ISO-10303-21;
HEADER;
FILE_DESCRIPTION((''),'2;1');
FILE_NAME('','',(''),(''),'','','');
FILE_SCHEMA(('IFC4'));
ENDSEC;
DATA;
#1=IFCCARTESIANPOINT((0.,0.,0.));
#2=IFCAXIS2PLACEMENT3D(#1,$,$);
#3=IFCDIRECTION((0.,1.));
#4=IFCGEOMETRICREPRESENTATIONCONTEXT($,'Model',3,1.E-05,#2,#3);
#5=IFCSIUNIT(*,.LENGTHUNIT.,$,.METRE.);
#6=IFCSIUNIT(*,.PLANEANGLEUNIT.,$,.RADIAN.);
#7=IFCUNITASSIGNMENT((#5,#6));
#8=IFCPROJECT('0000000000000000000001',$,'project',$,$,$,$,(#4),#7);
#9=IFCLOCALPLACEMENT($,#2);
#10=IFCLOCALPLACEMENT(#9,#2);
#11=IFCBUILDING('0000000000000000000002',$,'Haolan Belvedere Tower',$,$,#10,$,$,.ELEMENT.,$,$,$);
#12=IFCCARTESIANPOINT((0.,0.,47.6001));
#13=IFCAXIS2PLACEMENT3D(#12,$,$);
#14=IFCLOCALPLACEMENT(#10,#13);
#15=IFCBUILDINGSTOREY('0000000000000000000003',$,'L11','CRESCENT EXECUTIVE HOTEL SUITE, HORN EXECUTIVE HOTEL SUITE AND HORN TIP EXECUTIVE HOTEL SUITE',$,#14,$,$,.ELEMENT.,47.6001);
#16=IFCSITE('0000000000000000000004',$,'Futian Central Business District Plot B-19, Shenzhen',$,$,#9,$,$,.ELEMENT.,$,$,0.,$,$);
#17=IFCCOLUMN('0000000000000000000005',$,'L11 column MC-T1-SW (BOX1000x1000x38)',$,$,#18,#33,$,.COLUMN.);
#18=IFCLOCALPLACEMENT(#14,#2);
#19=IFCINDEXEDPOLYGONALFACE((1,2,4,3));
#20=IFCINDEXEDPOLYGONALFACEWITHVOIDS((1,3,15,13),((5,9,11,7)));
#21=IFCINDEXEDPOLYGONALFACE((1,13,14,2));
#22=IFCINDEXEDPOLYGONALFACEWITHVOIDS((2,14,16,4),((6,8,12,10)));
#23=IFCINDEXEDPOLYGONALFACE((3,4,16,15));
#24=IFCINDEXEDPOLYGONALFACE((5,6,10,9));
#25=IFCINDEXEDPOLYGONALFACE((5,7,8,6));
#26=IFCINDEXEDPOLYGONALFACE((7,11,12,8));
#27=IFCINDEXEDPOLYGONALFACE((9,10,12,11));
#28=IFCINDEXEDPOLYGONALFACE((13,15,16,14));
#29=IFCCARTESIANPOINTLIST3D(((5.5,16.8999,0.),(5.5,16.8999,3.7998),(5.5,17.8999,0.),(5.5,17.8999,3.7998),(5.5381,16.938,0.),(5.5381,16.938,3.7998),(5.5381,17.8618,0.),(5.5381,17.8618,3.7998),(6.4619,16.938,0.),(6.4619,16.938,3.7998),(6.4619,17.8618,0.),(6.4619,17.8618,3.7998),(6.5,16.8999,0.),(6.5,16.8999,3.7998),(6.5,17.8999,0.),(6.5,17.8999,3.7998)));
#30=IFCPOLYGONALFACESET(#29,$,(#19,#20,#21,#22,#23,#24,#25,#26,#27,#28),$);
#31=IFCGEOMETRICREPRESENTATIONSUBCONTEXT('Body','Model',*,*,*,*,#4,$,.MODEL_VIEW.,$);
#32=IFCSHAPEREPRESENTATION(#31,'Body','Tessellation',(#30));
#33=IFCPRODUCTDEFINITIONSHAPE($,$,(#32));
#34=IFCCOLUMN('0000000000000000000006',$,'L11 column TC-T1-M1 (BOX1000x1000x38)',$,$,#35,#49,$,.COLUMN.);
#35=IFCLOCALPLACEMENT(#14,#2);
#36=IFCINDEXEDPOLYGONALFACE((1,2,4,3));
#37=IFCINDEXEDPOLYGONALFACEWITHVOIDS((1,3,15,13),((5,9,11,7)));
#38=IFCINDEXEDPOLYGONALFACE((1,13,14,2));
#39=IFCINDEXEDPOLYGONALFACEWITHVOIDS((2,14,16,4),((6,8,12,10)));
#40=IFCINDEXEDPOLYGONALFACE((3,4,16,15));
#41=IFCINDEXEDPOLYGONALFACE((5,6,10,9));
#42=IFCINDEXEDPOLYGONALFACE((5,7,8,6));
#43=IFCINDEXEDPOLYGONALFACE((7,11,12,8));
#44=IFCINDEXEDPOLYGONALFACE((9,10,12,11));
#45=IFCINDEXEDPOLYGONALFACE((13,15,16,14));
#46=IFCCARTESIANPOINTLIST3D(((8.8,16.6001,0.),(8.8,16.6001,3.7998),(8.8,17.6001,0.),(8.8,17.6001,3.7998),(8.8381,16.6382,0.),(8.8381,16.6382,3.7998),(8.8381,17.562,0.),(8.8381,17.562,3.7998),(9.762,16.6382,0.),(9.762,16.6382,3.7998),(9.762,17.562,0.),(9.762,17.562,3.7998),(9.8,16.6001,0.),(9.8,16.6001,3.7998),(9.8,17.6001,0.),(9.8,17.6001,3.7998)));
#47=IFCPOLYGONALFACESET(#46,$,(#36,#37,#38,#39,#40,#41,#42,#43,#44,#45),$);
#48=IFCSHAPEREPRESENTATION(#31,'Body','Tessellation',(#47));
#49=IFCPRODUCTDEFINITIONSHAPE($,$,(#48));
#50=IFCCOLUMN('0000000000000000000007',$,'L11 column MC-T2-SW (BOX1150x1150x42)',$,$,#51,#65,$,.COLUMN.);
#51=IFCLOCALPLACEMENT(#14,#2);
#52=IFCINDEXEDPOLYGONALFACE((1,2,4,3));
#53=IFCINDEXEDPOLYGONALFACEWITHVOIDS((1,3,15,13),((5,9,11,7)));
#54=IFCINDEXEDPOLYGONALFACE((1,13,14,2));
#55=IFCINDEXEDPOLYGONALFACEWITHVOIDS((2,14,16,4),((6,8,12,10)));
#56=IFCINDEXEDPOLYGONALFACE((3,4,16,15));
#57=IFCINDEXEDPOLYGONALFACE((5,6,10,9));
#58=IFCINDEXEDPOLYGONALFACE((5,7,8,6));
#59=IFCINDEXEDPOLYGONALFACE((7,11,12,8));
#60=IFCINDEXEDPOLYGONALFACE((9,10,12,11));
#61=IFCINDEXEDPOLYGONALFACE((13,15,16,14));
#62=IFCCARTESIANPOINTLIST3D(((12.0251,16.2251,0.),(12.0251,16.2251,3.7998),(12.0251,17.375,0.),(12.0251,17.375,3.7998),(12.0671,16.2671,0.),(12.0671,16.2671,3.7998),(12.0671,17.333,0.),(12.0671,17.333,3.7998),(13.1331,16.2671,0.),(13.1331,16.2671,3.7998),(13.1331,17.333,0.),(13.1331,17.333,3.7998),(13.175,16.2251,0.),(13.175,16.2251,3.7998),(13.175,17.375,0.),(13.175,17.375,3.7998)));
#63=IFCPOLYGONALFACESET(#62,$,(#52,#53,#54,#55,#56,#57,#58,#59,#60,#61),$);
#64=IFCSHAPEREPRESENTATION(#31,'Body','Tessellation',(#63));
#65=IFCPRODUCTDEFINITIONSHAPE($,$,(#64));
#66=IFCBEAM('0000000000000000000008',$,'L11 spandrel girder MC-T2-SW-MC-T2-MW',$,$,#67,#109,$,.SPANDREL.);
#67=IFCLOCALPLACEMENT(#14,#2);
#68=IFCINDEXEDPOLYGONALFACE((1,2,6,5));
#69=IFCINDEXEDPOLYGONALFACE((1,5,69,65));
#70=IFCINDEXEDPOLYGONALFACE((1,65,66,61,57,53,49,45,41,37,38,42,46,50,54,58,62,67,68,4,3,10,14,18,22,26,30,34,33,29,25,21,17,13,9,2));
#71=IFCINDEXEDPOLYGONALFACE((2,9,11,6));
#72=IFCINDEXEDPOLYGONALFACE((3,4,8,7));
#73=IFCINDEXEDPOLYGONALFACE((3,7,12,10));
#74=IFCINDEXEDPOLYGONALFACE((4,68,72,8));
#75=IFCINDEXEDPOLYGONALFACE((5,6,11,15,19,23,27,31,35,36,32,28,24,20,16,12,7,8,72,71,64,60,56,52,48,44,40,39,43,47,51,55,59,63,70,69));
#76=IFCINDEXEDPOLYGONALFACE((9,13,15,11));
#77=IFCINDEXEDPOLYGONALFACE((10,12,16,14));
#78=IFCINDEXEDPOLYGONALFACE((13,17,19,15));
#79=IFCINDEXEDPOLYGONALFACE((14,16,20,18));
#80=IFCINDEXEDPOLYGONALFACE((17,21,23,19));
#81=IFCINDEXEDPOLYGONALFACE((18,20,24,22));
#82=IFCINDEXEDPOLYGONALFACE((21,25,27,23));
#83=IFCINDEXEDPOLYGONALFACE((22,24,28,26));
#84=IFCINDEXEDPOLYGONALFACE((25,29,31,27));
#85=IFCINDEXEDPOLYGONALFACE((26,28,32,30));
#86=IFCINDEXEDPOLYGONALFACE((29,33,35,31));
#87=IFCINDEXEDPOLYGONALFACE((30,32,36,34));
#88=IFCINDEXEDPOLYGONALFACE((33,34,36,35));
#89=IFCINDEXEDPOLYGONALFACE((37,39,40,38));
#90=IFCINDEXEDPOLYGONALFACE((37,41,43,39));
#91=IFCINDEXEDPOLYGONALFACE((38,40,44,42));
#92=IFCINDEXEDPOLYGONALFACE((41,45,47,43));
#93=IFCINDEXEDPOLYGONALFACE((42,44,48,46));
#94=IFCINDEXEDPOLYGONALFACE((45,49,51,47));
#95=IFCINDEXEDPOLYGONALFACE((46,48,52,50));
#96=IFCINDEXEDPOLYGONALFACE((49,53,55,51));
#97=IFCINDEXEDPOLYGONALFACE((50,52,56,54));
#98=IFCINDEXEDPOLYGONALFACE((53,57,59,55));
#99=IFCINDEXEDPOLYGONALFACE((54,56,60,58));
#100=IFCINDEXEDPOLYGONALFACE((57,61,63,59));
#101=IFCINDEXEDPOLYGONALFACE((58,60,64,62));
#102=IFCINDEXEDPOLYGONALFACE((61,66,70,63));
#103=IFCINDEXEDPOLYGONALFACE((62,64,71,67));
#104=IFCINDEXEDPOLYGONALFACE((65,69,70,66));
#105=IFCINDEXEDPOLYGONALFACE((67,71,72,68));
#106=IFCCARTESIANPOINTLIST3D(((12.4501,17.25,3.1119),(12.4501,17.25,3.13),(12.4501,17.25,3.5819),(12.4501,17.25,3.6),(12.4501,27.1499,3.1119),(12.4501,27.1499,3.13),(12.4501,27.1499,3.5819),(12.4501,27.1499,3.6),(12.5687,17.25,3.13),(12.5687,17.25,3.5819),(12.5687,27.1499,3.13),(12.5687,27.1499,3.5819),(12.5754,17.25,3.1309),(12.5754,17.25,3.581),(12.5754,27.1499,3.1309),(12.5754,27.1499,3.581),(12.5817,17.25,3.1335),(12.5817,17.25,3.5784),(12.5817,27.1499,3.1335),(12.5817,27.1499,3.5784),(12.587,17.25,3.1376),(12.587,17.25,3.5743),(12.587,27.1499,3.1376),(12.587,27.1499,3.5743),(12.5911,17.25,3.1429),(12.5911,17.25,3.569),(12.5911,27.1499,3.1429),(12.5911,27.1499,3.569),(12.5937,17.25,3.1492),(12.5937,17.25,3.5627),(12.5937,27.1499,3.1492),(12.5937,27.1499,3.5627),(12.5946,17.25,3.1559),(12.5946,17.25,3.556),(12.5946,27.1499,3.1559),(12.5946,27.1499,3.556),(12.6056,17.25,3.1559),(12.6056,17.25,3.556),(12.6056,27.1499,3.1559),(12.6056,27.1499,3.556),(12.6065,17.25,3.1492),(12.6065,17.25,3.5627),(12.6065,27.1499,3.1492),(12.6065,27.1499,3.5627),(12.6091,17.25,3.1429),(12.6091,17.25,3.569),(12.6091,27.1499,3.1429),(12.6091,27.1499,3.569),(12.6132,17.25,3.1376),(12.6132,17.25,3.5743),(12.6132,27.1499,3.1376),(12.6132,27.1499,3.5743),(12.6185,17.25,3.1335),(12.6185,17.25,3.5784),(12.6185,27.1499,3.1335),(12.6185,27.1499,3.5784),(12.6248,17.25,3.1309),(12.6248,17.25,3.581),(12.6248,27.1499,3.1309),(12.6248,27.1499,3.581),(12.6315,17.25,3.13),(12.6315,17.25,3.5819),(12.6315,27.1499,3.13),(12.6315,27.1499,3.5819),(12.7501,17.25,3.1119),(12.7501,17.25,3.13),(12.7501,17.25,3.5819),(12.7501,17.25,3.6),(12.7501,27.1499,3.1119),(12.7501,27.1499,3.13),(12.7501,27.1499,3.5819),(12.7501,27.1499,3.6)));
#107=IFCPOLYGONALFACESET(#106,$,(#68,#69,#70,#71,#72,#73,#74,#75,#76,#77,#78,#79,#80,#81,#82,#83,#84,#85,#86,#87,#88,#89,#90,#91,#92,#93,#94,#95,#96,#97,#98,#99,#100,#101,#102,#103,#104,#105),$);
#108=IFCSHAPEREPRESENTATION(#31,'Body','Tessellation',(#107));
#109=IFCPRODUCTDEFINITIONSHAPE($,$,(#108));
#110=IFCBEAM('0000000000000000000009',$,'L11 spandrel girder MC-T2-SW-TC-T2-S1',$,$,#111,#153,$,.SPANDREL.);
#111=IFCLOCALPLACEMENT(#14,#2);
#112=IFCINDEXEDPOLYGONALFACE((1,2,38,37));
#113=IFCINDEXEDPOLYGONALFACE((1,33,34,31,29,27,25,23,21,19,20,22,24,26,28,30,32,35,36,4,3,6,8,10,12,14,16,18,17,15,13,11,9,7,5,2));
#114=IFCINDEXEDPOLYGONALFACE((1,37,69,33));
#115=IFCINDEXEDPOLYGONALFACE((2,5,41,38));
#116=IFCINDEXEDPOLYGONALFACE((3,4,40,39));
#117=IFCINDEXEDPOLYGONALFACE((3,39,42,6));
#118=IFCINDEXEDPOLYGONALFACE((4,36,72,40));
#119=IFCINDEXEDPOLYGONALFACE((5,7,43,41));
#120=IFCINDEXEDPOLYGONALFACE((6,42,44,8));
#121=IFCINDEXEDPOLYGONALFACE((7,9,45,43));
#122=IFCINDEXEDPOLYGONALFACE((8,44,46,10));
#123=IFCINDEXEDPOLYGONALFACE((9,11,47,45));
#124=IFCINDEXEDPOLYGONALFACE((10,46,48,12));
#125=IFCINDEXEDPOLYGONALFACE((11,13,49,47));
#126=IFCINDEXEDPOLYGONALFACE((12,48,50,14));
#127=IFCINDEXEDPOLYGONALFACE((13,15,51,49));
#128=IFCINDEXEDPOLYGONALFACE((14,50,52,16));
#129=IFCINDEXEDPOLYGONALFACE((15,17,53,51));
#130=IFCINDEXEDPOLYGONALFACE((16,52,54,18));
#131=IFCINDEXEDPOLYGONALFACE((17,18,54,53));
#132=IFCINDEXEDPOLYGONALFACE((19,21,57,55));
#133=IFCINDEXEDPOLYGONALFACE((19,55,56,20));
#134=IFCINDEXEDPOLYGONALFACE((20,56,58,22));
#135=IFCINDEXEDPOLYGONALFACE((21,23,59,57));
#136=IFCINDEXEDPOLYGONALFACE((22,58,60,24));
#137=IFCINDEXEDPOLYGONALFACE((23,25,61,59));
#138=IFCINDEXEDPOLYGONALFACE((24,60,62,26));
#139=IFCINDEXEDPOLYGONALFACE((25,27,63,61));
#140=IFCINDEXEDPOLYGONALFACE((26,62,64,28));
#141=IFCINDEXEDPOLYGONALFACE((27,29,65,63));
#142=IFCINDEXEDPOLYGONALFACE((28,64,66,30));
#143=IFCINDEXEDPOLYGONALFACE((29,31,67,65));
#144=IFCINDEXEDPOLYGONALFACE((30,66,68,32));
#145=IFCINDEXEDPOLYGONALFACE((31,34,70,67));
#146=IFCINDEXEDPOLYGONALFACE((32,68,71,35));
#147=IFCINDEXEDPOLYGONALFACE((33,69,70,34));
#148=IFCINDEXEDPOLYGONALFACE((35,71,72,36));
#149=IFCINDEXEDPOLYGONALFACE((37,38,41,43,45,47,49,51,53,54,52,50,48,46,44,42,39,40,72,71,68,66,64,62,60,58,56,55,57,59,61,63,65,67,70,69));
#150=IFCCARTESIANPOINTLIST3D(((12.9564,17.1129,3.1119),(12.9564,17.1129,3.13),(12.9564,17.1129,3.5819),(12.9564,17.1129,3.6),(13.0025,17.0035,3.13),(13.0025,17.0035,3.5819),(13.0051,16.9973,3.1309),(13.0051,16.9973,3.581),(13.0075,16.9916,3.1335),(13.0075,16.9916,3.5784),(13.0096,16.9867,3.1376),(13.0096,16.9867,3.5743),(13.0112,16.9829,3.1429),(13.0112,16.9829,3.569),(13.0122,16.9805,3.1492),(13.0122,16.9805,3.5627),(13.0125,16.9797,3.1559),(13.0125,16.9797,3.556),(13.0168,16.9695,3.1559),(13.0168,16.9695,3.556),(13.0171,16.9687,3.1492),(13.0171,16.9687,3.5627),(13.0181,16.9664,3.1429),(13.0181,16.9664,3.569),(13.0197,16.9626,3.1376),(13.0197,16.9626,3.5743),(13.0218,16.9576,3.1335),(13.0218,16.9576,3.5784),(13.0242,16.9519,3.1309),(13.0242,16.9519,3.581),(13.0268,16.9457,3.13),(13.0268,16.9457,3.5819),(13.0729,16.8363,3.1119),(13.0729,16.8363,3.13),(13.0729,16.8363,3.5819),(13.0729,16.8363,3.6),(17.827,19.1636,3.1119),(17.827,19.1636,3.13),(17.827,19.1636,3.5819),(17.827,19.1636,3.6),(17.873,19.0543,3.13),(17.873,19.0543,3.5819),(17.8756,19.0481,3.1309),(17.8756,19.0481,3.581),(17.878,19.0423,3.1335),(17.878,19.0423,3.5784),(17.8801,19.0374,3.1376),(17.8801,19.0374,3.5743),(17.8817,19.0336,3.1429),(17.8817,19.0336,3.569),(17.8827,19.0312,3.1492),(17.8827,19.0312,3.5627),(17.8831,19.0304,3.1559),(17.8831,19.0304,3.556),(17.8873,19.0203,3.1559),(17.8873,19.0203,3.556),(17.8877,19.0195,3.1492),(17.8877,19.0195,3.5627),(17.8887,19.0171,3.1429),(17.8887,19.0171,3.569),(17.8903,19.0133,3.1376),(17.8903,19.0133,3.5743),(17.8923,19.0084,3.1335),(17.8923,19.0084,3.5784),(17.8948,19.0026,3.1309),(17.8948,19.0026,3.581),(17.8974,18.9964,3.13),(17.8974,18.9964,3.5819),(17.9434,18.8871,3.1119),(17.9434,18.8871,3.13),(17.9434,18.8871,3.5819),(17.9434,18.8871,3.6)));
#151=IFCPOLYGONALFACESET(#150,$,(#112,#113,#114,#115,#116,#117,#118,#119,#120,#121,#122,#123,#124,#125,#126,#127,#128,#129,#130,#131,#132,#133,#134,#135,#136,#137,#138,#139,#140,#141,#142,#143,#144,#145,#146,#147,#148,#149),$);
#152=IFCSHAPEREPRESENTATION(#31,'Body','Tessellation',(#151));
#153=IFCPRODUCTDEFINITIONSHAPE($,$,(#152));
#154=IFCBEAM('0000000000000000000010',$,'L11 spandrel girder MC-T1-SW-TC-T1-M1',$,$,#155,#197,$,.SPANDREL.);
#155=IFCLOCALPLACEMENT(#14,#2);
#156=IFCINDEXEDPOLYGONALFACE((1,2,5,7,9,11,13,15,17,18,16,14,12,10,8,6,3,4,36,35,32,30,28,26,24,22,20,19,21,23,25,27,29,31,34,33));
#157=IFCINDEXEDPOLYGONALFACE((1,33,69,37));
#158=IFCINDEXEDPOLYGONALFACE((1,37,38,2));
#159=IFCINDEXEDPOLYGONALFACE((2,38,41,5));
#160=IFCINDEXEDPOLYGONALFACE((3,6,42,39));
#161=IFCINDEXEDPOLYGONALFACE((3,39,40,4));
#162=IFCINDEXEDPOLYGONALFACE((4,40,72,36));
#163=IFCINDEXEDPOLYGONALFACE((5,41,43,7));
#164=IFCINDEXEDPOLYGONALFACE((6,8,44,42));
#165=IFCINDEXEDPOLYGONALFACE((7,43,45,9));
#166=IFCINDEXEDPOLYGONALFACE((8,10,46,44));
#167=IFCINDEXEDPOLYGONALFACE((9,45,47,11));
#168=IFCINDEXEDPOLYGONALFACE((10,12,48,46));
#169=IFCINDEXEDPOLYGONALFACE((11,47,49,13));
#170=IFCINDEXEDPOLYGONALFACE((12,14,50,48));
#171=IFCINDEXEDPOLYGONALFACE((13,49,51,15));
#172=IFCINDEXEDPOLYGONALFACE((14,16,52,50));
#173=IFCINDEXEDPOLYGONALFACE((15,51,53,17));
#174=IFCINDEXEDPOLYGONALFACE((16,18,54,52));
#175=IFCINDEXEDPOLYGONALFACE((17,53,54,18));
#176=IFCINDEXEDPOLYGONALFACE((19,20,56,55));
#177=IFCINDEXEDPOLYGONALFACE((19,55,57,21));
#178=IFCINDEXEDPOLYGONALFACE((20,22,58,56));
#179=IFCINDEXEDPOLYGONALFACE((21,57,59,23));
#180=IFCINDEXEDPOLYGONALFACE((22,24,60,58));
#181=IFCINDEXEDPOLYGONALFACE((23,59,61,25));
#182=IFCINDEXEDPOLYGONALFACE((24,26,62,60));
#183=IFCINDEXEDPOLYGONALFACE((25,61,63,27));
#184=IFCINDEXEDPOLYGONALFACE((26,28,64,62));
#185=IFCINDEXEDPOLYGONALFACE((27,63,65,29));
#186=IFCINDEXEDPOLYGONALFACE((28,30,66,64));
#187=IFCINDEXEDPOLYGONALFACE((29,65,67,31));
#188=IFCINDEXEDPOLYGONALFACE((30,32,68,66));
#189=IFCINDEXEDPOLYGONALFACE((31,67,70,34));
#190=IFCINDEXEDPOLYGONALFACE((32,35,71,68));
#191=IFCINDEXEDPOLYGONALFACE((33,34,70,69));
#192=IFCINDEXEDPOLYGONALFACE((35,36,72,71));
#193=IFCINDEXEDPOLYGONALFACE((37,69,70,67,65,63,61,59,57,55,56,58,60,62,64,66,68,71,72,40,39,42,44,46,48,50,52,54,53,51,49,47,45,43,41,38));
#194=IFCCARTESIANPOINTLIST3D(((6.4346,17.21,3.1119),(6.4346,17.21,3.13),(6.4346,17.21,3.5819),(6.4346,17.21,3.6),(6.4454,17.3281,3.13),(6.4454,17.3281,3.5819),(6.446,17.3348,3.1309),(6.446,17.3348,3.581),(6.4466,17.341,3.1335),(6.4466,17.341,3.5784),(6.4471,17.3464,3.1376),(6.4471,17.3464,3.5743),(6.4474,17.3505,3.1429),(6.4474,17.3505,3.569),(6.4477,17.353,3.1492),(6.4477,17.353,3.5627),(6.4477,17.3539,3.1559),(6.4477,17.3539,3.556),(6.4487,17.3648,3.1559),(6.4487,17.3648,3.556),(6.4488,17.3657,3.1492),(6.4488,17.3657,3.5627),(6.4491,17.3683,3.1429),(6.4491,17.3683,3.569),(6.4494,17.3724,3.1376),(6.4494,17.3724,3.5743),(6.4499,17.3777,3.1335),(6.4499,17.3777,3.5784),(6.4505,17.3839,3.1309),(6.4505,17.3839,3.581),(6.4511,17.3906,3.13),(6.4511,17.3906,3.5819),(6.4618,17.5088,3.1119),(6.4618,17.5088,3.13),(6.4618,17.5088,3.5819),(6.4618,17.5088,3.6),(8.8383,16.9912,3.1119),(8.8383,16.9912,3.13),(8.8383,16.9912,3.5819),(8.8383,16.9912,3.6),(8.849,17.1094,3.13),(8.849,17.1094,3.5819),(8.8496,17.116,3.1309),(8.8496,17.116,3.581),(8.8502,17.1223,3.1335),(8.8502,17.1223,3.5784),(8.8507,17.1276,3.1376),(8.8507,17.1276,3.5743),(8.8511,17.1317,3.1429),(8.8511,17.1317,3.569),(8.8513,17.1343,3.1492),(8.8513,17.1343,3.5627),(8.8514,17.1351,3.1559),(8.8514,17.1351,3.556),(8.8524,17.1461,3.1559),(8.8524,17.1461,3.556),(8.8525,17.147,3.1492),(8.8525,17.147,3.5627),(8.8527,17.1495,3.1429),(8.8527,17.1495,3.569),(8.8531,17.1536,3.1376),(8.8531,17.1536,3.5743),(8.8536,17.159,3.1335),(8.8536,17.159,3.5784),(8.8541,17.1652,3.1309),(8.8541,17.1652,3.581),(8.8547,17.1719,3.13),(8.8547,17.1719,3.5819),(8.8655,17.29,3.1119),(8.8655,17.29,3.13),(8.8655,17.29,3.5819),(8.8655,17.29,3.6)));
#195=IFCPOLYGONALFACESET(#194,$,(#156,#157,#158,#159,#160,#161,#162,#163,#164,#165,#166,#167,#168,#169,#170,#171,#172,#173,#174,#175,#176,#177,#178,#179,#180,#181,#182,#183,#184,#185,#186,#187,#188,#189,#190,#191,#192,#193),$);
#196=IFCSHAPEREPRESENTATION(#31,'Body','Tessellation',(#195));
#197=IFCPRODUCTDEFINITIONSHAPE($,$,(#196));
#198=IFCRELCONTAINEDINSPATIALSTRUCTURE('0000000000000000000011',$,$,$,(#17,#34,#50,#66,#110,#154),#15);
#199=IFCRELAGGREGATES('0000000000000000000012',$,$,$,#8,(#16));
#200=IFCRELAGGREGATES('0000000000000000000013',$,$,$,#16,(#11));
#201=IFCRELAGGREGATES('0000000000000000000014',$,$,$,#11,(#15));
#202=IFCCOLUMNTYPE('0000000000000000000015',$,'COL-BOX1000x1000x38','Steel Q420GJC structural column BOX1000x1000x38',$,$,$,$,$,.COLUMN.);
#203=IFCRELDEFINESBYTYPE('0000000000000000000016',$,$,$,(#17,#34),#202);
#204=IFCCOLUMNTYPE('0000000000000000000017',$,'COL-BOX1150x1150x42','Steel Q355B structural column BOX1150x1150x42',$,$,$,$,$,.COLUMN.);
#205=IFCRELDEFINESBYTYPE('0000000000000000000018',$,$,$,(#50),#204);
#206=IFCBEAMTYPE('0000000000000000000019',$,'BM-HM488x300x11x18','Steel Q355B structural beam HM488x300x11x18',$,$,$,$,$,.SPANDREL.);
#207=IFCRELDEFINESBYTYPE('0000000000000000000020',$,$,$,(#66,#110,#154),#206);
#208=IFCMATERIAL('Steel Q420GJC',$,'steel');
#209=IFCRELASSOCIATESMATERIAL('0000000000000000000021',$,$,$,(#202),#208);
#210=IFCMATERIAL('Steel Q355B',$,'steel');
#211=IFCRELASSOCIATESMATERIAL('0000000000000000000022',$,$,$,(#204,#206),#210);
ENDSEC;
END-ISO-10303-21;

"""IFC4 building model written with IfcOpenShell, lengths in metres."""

from ifc_helpers import new_model, si_unit, direction, frame, origin, origin_2d, place, context, subcontext, project, spatial, hollow_rectangle, i_section, extrude, material, material_profile, profile_set, type_object, element, save


model = new_model("IFC4")

# Units and contexts
model_context = context("Model", 3, precision=1e-05, world=origin(), true_north=direction((0.0, 1.0)))
body_context = subcontext(model_context, "Body", "Model", "MODEL_VIEW")
ifc_project = project(units=[si_unit("LENGTHUNIT", "METRE"), si_unit("PLANEANGLEUNIT", "RADIAN")], contexts=[model_context])

# Site, building, storey
site_placement = place(None, origin())
site = spatial("IfcSite", under=ifc_project, at=site_placement, Name="Futian Central Business District Plot B-19, Shenzhen", CompositionType="ELEMENT", RefElevation=0.0)
building_placement = place(site_placement, origin())
building = spatial("IfcBuilding", under=site, at=building_placement, Name="Haolan Belvedere Tower", CompositionType="ELEMENT")
storey_placement = place(building_placement, frame((0.0, 0.0, 47.6001)))
storey = spatial("IfcBuildingStorey", under=building, at=storey_placement, Name="L11", Description="CRESCENT EXECUTIVE HOTEL SUITE, HORN EXECUTIVE HOTEL SUITE AND HORN TIP EXECUTIVE HOTEL SUITE", CompositionType="ELEMENT", Elevation=47.6001)

# Columns
ifc_material_1 = material(Name="Steel Q420GJC", Category="steel")
ifc_material_profile_1 = material_profile(ifc_material_1, hollow_rectangle(XDim=1.0, YDim=1.0, WallThickness=0.0381, at=origin_2d()), Name="Steel Q420GJC")
ifc_profile_set_1 = profile_set([ifc_material_profile_1], Name="Steel Q420GJC")
column_type_1 = type_object("IfcColumnType", Name="COL-BOX1000x1000x38", Description="Steel Q420GJC structural column BOX1000x1000x38", PredefinedType="COLUMN", material=ifc_profile_set_1)
for number, where, z_axis, x_axis, name in (
    (1, (6.0, 17.3999, 0.0), (0.0, 0.0, 1.0), (1.0, 0.0, 0.0), "L11 column MC-T1-SW (BOX1000x1000x38)"),
    (2, (9.3, 17.1001, 0.0), (0.0, 0.0, 1.0), (1.0, 0.0, 0.0), "L11 column TC-T1-M1 (BOX1000x1000x38)"),
):
    element("IfcColumn", number, at=place(storey_placement, frame(where, z_axis=z_axis, x_axis=x_axis)), inside=storey, type_object=column_type_1, Name=name, PredefinedType="COLUMN", context=body_context, shape_type="SweptSolid", body=[
        extrude(hollow_rectangle(XDim=1.0, YDim=1.0, WallThickness=0.0381, at=origin_2d()), origin(), (0.0, 0.0, 1.0), 3.7998),
    ])
ifc_material_2 = material(Name="Steel Q355B", Category="steel")
ifc_material_profile_2 = material_profile(ifc_material_2, hollow_rectangle(XDim=1.1499, YDim=1.1499, WallThickness=0.042, at=origin_2d()), Name="Steel Q355B")
ifc_profile_set_2 = profile_set([ifc_material_profile_2], Name="Steel Q355B")
column_type_2 = type_object("IfcColumnType", Name="COL-BOX1150x1150x42", Description="Steel Q355B structural column BOX1150x1150x42", PredefinedType="COLUMN", material=ifc_profile_set_2)
column_placement = place(storey_placement, frame((12.6001, 16.8, 0.0), z_axis=(0.0, 0.0, 1.0), x_axis=(1.0, 0.0, 0.0)))
element("IfcColumn", 3, at=column_placement, inside=storey, type_object=column_type_2, Name="L11 column MC-T2-SW (BOX1150x1150x42)", PredefinedType="COLUMN", context=body_context, shape_type="SweptSolid", body=[
    extrude(hollow_rectangle(XDim=1.1499, YDim=1.1499, WallThickness=0.042, at=origin_2d()), origin(), (0.0, 0.0, 1.0), 3.7998),
])

# Beams
ifc_material_profile_3 = material_profile(ifc_material_2, i_section(OverallWidth=0.3, OverallDepth=0.488, WebThickness=0.011, FlangeThickness=0.0181, FilletRadius=0.0259, at=origin_2d()), Name="Steel Q355B")
ifc_profile_set_3 = profile_set([ifc_material_profile_3], Name="Steel Q355B")
beam_type = type_object("IfcBeamType", Name="BM-HM488x300x11x18", Description="Steel Q355B structural beam HM488x300x11x18", PredefinedType="SPANDREL", material=ifc_profile_set_3)
beam_1_placement = place(storey_placement, frame((12.6001, 17.25, 3.356), z_axis=(0.0, 1.0, 0.0), x_axis=(-1.0, 0.0, 0.0)))
element("IfcBeam", 4, at=beam_1_placement, inside=storey, type_object=beam_type, Name="L11 spandrel girder MC-T2-SW-MC-T2-MW", PredefinedType="SPANDREL", context=body_context, shape_type="SweptSolid", body=[
    extrude(i_section(OverallWidth=0.3, OverallDepth=0.488, WebThickness=0.011, FlangeThickness=0.0181, FilletRadius=0.0259, at=origin_2d()), origin(), (0.0, 0.0, 1.0), 9.8999),
])
beam_2_placement = place(storey_placement, frame((13.0146, 16.9746, 3.356), z_axis=(0.921635, 0.388057, 0.0), x_axis=(-0.388057, 0.921635, 0.0)))
element("IfcBeam", 5, at=beam_2_placement, inside=storey, type_object=beam_type, Name="L11 spandrel girder MC-T2-SW-TC-T2-S1", PredefinedType="SPANDREL", context=body_context, shape_type="SweptSolid", body=[
    extrude(i_section(OverallWidth=0.3, OverallDepth=0.488, WebThickness=0.011, FlangeThickness=0.0181, FilletRadius=0.0259, at=origin_2d()), origin(), (0.0, 0.0, 1.0), 5.2847),
])
beam_3_placement = place(storey_placement, frame((6.4482, 17.3594, 3.356), z_axis=(0.995884, -0.090636, 0.0), x_axis=(0.090636, 0.995884, 0.0)))
element("IfcBeam", 6, at=beam_3_placement, inside=storey, type_object=beam_type, Name="L11 spandrel girder MC-T1-SW-TC-T1-M1", PredefinedType="SPANDREL", context=body_context, shape_type="SweptSolid", body=[
    extrude(i_section(OverallWidth=0.3, OverallDepth=0.488, WebThickness=0.011, FlangeThickness=0.0181, FilletRadius=0.0259, at=origin_2d()), origin(), (0.0, 0.0, 1.0), 2.4136),
])

save(model, "model.ifc")
